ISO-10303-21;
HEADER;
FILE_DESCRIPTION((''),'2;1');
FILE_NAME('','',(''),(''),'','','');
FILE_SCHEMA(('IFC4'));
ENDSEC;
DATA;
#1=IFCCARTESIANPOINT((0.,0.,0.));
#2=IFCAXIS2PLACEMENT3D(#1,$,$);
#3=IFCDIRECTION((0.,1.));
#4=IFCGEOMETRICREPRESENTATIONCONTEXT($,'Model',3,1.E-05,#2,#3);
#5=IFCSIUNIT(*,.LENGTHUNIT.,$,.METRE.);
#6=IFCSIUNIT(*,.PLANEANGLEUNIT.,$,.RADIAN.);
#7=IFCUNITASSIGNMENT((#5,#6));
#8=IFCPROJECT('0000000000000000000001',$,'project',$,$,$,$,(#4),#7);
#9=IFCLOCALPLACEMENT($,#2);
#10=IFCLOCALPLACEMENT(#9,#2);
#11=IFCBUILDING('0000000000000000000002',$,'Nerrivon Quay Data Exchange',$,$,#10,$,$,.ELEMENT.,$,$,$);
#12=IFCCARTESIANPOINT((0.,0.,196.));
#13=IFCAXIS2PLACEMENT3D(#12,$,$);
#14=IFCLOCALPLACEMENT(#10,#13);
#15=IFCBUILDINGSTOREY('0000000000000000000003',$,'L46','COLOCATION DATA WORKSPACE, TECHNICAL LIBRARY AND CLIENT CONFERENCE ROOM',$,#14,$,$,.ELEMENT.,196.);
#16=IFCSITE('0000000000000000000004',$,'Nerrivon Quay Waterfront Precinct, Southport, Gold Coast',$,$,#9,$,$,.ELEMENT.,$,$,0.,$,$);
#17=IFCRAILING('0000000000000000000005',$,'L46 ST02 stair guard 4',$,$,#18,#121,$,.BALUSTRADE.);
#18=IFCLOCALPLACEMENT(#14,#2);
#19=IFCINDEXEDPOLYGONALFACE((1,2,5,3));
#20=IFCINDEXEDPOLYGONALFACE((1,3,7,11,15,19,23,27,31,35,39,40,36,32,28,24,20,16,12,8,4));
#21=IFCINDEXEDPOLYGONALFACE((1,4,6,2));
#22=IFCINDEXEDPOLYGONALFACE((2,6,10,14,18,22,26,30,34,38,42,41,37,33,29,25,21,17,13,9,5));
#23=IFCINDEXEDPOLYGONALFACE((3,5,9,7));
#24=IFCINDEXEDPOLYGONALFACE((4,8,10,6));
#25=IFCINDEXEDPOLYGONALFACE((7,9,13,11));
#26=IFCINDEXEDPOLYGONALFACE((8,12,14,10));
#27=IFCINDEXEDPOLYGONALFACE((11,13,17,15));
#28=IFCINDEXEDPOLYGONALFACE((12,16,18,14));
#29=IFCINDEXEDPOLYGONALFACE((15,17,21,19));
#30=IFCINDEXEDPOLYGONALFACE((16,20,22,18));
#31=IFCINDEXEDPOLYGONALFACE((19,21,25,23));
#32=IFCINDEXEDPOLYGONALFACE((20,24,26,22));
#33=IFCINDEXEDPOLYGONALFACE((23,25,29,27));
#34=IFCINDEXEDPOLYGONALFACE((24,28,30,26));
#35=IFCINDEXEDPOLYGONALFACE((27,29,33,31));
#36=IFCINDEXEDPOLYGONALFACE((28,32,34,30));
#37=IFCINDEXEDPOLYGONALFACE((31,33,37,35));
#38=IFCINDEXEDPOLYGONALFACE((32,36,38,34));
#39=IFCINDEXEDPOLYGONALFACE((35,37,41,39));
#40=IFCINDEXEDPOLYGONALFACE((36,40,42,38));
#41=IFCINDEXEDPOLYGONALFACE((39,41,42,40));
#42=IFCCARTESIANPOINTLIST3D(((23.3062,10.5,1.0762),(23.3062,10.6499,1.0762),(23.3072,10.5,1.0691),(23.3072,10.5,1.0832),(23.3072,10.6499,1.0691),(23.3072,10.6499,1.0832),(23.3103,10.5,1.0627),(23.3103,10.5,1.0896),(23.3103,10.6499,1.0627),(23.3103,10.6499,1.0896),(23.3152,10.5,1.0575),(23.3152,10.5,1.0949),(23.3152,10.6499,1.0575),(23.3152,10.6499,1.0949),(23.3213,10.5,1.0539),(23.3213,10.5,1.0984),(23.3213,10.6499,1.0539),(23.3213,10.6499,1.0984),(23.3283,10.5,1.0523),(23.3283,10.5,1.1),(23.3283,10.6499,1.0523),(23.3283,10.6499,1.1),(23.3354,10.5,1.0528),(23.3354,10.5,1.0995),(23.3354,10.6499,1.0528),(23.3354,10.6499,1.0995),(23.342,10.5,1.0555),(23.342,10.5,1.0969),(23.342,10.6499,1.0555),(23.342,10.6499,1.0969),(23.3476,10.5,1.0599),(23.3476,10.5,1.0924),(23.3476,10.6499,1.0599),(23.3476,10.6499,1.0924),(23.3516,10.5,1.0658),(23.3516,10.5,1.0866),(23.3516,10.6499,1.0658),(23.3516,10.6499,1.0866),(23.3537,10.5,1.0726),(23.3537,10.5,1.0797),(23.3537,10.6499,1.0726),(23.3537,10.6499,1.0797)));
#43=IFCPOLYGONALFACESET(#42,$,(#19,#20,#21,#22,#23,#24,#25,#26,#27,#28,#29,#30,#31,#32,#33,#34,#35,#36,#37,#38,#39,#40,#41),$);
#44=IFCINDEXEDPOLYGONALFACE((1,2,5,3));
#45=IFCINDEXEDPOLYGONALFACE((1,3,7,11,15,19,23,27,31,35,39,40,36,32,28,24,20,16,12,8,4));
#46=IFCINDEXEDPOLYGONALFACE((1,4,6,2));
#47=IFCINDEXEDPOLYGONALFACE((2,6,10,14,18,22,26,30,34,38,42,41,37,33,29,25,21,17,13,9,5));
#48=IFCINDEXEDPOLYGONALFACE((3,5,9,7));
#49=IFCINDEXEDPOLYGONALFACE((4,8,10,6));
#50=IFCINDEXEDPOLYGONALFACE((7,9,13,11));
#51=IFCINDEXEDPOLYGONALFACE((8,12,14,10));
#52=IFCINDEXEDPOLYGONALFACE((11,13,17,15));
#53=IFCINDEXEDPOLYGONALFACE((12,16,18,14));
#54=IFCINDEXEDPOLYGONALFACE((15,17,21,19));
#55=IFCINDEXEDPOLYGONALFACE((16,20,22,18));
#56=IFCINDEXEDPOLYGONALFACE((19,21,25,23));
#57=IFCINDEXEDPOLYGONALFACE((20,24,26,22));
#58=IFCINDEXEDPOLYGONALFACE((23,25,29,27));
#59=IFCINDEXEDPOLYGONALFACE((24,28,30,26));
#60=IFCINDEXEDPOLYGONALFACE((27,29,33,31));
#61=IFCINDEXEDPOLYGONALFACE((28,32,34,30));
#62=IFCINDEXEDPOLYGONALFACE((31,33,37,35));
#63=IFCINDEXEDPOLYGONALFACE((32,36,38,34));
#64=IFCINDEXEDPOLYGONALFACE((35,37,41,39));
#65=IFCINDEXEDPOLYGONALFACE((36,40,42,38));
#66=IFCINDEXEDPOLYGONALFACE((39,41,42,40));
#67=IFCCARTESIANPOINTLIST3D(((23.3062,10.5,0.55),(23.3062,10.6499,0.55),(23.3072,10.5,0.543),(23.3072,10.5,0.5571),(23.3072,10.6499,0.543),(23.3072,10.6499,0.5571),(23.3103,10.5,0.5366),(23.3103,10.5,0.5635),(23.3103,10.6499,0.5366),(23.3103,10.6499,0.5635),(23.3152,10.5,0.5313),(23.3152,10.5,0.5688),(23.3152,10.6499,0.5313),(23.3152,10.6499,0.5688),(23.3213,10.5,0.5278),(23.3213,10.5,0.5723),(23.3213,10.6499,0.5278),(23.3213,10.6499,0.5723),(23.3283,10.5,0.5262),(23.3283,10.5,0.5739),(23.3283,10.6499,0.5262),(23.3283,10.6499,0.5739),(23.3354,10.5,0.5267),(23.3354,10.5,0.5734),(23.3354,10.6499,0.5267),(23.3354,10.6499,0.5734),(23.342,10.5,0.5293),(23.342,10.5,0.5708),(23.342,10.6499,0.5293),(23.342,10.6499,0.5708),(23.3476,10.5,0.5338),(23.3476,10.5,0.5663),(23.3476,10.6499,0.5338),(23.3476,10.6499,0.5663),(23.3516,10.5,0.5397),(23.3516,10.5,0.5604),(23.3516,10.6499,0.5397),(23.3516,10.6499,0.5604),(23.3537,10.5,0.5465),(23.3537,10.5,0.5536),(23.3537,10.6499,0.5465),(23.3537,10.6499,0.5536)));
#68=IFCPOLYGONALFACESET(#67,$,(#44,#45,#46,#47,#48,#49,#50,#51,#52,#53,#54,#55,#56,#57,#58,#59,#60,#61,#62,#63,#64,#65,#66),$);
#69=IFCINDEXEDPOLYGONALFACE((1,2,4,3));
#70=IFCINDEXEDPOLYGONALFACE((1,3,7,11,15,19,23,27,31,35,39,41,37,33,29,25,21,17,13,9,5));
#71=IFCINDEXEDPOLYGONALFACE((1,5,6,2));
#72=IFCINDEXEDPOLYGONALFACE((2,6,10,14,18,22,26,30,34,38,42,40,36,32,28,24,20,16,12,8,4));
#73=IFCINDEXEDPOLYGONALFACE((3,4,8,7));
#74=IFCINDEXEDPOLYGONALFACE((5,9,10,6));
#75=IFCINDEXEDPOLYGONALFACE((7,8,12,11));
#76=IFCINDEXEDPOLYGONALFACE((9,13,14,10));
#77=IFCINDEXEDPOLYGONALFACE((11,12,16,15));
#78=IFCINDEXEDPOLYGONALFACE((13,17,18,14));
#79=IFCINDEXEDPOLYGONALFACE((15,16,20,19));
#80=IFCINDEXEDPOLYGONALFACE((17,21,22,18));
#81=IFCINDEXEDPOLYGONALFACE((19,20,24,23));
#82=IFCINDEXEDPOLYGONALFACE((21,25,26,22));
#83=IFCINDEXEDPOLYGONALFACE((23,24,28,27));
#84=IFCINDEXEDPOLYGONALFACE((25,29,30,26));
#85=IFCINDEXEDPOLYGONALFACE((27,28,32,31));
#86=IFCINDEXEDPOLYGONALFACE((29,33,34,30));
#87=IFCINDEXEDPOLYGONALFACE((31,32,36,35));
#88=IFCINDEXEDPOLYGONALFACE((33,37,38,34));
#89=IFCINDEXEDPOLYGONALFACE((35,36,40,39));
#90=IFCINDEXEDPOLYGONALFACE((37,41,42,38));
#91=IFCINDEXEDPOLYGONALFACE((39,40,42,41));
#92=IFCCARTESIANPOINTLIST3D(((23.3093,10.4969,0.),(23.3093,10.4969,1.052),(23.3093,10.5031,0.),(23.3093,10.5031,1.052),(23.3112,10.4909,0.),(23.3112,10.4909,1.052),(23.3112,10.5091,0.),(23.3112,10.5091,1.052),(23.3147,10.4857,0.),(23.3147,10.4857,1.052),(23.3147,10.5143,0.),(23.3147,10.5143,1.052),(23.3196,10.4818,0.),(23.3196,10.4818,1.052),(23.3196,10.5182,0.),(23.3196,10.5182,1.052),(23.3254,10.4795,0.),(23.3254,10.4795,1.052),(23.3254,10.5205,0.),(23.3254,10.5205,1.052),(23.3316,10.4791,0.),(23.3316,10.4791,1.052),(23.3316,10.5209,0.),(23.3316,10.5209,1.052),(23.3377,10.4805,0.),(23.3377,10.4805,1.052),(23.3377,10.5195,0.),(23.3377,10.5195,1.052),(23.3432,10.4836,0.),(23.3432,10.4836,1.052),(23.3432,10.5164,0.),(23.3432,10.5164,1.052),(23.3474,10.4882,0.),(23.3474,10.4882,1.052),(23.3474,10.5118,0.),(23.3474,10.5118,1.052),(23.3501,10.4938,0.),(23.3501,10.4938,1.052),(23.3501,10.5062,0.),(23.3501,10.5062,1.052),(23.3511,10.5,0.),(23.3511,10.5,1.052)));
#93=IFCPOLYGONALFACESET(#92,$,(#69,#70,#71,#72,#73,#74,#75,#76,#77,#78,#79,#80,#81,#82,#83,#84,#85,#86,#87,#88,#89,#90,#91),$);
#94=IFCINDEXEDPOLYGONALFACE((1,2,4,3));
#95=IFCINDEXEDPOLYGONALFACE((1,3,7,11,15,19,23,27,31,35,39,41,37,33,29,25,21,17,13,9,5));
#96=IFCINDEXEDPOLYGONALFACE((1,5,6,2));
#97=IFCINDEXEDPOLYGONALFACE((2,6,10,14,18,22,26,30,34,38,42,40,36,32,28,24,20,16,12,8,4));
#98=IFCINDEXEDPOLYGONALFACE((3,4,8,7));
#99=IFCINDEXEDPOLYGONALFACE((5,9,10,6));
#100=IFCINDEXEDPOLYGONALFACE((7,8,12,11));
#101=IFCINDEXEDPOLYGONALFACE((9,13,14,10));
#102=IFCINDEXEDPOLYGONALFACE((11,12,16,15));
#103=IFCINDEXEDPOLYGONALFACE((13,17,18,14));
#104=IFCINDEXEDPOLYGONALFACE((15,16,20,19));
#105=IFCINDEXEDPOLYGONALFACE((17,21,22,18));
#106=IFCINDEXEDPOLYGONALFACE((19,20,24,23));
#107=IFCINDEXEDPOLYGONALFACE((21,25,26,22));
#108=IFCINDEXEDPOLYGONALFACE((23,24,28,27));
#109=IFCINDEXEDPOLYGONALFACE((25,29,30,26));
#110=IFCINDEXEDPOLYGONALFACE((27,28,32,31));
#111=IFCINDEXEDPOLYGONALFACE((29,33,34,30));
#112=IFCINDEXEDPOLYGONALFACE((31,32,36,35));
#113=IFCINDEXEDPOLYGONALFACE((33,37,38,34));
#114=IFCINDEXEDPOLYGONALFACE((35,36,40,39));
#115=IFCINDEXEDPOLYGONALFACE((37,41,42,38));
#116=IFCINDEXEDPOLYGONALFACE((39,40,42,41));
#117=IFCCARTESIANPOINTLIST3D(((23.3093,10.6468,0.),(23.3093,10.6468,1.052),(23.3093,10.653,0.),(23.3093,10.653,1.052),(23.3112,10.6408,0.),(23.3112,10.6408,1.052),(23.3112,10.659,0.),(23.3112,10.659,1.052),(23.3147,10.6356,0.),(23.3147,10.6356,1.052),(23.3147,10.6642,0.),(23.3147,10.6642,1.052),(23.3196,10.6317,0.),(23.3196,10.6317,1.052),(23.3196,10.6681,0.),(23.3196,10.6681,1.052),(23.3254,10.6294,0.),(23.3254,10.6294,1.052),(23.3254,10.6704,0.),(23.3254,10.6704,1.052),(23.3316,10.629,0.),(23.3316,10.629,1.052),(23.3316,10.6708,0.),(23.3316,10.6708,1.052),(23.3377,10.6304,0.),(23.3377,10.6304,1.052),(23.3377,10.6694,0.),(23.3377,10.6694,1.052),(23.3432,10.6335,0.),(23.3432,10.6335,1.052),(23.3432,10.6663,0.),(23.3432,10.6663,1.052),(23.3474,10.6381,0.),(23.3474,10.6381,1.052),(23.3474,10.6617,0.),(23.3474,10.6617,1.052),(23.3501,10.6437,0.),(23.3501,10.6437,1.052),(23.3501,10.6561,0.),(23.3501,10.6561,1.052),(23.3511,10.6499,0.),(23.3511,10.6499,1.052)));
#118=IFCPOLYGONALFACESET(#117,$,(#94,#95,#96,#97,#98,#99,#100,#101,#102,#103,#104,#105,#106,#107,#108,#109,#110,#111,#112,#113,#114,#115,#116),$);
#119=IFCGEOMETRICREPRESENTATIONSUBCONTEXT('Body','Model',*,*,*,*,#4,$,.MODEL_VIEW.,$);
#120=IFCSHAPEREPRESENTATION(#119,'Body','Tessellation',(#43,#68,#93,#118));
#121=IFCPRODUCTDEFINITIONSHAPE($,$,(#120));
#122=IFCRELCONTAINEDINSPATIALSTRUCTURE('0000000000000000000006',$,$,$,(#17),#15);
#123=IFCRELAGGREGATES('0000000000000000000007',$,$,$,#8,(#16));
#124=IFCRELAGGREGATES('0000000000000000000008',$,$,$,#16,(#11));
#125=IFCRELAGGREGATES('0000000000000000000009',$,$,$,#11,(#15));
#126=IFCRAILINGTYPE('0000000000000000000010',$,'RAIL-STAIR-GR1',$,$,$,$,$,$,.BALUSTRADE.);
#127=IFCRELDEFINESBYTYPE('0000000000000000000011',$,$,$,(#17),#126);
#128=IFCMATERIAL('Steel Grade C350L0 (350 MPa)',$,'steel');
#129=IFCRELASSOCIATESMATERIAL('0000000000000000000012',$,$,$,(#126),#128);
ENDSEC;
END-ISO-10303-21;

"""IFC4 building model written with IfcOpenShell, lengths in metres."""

from ifc_helpers import new_model, si_unit, direction, frame, origin, origin_2d, place, context, subcontext, project, spatial, circle, extrude, material, type_object, element, save


model = new_model("IFC4")

# Units and contexts
model_context = context("Model", 3, precision=1e-05, world=origin(), true_north=direction((0.0, 1.0)))
body_context = subcontext(model_context, "Body", "Model", "MODEL_VIEW")
ifc_project = project(units=[si_unit("LENGTHUNIT", "METRE"), si_unit("PLANEANGLEUNIT", "RADIAN")], contexts=[model_context])

# Site, building, storey
site_placement = place(None, origin())
site = spatial("IfcSite", under=ifc_project, at=site_placement, Name="Nerrivon Quay Waterfront Precinct, Southport, Gold Coast", CompositionType="ELEMENT", RefElevation=0.0)
building_placement = place(site_placement, origin())
building = spatial("IfcBuilding", under=site, at=building_placement, Name="Nerrivon Quay Data Exchange", CompositionType="ELEMENT")
storey_placement = place(building_placement, frame((0.0, 0.0, 196.0)))
storey = spatial("IfcBuildingStorey", under=building, at=storey_placement, Name="L46", Description="COLOCATION DATA WORKSPACE, TECHNICAL LIBRARY AND CLIENT CONFERENCE ROOM", CompositionType="ELEMENT", Elevation=196.0)

# Railing
ifc_material_1 = material(Name="Steel Grade C350L0 (350 MPa)", Category="steel")
railing_type_1 = type_object("IfcRailingType", Name="RAIL-STAIR-GR1", PredefinedType="BALUSTRADE", material=ifc_material_1)
railing_1_placement = place(storey_placement, frame((23.3301, 10.5, 0.0)))
element("IfcRailing", 1, at=railing_1_placement, inside=storey, type_object=railing_type_1, Name="L46 ST02 stair guard 4", PredefinedType="BALUSTRADE", context=body_context, shape_type="SweptSolid", body=[
    extrude(circle(Radius=0.0239, at=origin_2d()), frame((0.0, 0.0, 1.0762), z_axis=(0.0, 1.0, 0.0), x_axis=(-1.0, 0.0, 0.0)), (0.0, 0.0, 1.0), 0.1499),
    extrude(circle(Radius=0.0239, at=origin_2d()), frame((0.0, 0.0, 0.55), z_axis=(0.0, 1.0, 0.0), x_axis=(-1.0, 0.0, 0.0)), (0.0, 0.0, 1.0), 0.1499),
    extrude(circle(Radius=0.021, at=origin_2d()), origin(), (0.0, 0.0, 1.0), 1.052),
    extrude(circle(Radius=0.021, at=origin_2d()), frame((0.0, 0.1499, 0.0)), (0.0, 0.0, 1.0), 1.052),
])

save(model, "model.ifc")
